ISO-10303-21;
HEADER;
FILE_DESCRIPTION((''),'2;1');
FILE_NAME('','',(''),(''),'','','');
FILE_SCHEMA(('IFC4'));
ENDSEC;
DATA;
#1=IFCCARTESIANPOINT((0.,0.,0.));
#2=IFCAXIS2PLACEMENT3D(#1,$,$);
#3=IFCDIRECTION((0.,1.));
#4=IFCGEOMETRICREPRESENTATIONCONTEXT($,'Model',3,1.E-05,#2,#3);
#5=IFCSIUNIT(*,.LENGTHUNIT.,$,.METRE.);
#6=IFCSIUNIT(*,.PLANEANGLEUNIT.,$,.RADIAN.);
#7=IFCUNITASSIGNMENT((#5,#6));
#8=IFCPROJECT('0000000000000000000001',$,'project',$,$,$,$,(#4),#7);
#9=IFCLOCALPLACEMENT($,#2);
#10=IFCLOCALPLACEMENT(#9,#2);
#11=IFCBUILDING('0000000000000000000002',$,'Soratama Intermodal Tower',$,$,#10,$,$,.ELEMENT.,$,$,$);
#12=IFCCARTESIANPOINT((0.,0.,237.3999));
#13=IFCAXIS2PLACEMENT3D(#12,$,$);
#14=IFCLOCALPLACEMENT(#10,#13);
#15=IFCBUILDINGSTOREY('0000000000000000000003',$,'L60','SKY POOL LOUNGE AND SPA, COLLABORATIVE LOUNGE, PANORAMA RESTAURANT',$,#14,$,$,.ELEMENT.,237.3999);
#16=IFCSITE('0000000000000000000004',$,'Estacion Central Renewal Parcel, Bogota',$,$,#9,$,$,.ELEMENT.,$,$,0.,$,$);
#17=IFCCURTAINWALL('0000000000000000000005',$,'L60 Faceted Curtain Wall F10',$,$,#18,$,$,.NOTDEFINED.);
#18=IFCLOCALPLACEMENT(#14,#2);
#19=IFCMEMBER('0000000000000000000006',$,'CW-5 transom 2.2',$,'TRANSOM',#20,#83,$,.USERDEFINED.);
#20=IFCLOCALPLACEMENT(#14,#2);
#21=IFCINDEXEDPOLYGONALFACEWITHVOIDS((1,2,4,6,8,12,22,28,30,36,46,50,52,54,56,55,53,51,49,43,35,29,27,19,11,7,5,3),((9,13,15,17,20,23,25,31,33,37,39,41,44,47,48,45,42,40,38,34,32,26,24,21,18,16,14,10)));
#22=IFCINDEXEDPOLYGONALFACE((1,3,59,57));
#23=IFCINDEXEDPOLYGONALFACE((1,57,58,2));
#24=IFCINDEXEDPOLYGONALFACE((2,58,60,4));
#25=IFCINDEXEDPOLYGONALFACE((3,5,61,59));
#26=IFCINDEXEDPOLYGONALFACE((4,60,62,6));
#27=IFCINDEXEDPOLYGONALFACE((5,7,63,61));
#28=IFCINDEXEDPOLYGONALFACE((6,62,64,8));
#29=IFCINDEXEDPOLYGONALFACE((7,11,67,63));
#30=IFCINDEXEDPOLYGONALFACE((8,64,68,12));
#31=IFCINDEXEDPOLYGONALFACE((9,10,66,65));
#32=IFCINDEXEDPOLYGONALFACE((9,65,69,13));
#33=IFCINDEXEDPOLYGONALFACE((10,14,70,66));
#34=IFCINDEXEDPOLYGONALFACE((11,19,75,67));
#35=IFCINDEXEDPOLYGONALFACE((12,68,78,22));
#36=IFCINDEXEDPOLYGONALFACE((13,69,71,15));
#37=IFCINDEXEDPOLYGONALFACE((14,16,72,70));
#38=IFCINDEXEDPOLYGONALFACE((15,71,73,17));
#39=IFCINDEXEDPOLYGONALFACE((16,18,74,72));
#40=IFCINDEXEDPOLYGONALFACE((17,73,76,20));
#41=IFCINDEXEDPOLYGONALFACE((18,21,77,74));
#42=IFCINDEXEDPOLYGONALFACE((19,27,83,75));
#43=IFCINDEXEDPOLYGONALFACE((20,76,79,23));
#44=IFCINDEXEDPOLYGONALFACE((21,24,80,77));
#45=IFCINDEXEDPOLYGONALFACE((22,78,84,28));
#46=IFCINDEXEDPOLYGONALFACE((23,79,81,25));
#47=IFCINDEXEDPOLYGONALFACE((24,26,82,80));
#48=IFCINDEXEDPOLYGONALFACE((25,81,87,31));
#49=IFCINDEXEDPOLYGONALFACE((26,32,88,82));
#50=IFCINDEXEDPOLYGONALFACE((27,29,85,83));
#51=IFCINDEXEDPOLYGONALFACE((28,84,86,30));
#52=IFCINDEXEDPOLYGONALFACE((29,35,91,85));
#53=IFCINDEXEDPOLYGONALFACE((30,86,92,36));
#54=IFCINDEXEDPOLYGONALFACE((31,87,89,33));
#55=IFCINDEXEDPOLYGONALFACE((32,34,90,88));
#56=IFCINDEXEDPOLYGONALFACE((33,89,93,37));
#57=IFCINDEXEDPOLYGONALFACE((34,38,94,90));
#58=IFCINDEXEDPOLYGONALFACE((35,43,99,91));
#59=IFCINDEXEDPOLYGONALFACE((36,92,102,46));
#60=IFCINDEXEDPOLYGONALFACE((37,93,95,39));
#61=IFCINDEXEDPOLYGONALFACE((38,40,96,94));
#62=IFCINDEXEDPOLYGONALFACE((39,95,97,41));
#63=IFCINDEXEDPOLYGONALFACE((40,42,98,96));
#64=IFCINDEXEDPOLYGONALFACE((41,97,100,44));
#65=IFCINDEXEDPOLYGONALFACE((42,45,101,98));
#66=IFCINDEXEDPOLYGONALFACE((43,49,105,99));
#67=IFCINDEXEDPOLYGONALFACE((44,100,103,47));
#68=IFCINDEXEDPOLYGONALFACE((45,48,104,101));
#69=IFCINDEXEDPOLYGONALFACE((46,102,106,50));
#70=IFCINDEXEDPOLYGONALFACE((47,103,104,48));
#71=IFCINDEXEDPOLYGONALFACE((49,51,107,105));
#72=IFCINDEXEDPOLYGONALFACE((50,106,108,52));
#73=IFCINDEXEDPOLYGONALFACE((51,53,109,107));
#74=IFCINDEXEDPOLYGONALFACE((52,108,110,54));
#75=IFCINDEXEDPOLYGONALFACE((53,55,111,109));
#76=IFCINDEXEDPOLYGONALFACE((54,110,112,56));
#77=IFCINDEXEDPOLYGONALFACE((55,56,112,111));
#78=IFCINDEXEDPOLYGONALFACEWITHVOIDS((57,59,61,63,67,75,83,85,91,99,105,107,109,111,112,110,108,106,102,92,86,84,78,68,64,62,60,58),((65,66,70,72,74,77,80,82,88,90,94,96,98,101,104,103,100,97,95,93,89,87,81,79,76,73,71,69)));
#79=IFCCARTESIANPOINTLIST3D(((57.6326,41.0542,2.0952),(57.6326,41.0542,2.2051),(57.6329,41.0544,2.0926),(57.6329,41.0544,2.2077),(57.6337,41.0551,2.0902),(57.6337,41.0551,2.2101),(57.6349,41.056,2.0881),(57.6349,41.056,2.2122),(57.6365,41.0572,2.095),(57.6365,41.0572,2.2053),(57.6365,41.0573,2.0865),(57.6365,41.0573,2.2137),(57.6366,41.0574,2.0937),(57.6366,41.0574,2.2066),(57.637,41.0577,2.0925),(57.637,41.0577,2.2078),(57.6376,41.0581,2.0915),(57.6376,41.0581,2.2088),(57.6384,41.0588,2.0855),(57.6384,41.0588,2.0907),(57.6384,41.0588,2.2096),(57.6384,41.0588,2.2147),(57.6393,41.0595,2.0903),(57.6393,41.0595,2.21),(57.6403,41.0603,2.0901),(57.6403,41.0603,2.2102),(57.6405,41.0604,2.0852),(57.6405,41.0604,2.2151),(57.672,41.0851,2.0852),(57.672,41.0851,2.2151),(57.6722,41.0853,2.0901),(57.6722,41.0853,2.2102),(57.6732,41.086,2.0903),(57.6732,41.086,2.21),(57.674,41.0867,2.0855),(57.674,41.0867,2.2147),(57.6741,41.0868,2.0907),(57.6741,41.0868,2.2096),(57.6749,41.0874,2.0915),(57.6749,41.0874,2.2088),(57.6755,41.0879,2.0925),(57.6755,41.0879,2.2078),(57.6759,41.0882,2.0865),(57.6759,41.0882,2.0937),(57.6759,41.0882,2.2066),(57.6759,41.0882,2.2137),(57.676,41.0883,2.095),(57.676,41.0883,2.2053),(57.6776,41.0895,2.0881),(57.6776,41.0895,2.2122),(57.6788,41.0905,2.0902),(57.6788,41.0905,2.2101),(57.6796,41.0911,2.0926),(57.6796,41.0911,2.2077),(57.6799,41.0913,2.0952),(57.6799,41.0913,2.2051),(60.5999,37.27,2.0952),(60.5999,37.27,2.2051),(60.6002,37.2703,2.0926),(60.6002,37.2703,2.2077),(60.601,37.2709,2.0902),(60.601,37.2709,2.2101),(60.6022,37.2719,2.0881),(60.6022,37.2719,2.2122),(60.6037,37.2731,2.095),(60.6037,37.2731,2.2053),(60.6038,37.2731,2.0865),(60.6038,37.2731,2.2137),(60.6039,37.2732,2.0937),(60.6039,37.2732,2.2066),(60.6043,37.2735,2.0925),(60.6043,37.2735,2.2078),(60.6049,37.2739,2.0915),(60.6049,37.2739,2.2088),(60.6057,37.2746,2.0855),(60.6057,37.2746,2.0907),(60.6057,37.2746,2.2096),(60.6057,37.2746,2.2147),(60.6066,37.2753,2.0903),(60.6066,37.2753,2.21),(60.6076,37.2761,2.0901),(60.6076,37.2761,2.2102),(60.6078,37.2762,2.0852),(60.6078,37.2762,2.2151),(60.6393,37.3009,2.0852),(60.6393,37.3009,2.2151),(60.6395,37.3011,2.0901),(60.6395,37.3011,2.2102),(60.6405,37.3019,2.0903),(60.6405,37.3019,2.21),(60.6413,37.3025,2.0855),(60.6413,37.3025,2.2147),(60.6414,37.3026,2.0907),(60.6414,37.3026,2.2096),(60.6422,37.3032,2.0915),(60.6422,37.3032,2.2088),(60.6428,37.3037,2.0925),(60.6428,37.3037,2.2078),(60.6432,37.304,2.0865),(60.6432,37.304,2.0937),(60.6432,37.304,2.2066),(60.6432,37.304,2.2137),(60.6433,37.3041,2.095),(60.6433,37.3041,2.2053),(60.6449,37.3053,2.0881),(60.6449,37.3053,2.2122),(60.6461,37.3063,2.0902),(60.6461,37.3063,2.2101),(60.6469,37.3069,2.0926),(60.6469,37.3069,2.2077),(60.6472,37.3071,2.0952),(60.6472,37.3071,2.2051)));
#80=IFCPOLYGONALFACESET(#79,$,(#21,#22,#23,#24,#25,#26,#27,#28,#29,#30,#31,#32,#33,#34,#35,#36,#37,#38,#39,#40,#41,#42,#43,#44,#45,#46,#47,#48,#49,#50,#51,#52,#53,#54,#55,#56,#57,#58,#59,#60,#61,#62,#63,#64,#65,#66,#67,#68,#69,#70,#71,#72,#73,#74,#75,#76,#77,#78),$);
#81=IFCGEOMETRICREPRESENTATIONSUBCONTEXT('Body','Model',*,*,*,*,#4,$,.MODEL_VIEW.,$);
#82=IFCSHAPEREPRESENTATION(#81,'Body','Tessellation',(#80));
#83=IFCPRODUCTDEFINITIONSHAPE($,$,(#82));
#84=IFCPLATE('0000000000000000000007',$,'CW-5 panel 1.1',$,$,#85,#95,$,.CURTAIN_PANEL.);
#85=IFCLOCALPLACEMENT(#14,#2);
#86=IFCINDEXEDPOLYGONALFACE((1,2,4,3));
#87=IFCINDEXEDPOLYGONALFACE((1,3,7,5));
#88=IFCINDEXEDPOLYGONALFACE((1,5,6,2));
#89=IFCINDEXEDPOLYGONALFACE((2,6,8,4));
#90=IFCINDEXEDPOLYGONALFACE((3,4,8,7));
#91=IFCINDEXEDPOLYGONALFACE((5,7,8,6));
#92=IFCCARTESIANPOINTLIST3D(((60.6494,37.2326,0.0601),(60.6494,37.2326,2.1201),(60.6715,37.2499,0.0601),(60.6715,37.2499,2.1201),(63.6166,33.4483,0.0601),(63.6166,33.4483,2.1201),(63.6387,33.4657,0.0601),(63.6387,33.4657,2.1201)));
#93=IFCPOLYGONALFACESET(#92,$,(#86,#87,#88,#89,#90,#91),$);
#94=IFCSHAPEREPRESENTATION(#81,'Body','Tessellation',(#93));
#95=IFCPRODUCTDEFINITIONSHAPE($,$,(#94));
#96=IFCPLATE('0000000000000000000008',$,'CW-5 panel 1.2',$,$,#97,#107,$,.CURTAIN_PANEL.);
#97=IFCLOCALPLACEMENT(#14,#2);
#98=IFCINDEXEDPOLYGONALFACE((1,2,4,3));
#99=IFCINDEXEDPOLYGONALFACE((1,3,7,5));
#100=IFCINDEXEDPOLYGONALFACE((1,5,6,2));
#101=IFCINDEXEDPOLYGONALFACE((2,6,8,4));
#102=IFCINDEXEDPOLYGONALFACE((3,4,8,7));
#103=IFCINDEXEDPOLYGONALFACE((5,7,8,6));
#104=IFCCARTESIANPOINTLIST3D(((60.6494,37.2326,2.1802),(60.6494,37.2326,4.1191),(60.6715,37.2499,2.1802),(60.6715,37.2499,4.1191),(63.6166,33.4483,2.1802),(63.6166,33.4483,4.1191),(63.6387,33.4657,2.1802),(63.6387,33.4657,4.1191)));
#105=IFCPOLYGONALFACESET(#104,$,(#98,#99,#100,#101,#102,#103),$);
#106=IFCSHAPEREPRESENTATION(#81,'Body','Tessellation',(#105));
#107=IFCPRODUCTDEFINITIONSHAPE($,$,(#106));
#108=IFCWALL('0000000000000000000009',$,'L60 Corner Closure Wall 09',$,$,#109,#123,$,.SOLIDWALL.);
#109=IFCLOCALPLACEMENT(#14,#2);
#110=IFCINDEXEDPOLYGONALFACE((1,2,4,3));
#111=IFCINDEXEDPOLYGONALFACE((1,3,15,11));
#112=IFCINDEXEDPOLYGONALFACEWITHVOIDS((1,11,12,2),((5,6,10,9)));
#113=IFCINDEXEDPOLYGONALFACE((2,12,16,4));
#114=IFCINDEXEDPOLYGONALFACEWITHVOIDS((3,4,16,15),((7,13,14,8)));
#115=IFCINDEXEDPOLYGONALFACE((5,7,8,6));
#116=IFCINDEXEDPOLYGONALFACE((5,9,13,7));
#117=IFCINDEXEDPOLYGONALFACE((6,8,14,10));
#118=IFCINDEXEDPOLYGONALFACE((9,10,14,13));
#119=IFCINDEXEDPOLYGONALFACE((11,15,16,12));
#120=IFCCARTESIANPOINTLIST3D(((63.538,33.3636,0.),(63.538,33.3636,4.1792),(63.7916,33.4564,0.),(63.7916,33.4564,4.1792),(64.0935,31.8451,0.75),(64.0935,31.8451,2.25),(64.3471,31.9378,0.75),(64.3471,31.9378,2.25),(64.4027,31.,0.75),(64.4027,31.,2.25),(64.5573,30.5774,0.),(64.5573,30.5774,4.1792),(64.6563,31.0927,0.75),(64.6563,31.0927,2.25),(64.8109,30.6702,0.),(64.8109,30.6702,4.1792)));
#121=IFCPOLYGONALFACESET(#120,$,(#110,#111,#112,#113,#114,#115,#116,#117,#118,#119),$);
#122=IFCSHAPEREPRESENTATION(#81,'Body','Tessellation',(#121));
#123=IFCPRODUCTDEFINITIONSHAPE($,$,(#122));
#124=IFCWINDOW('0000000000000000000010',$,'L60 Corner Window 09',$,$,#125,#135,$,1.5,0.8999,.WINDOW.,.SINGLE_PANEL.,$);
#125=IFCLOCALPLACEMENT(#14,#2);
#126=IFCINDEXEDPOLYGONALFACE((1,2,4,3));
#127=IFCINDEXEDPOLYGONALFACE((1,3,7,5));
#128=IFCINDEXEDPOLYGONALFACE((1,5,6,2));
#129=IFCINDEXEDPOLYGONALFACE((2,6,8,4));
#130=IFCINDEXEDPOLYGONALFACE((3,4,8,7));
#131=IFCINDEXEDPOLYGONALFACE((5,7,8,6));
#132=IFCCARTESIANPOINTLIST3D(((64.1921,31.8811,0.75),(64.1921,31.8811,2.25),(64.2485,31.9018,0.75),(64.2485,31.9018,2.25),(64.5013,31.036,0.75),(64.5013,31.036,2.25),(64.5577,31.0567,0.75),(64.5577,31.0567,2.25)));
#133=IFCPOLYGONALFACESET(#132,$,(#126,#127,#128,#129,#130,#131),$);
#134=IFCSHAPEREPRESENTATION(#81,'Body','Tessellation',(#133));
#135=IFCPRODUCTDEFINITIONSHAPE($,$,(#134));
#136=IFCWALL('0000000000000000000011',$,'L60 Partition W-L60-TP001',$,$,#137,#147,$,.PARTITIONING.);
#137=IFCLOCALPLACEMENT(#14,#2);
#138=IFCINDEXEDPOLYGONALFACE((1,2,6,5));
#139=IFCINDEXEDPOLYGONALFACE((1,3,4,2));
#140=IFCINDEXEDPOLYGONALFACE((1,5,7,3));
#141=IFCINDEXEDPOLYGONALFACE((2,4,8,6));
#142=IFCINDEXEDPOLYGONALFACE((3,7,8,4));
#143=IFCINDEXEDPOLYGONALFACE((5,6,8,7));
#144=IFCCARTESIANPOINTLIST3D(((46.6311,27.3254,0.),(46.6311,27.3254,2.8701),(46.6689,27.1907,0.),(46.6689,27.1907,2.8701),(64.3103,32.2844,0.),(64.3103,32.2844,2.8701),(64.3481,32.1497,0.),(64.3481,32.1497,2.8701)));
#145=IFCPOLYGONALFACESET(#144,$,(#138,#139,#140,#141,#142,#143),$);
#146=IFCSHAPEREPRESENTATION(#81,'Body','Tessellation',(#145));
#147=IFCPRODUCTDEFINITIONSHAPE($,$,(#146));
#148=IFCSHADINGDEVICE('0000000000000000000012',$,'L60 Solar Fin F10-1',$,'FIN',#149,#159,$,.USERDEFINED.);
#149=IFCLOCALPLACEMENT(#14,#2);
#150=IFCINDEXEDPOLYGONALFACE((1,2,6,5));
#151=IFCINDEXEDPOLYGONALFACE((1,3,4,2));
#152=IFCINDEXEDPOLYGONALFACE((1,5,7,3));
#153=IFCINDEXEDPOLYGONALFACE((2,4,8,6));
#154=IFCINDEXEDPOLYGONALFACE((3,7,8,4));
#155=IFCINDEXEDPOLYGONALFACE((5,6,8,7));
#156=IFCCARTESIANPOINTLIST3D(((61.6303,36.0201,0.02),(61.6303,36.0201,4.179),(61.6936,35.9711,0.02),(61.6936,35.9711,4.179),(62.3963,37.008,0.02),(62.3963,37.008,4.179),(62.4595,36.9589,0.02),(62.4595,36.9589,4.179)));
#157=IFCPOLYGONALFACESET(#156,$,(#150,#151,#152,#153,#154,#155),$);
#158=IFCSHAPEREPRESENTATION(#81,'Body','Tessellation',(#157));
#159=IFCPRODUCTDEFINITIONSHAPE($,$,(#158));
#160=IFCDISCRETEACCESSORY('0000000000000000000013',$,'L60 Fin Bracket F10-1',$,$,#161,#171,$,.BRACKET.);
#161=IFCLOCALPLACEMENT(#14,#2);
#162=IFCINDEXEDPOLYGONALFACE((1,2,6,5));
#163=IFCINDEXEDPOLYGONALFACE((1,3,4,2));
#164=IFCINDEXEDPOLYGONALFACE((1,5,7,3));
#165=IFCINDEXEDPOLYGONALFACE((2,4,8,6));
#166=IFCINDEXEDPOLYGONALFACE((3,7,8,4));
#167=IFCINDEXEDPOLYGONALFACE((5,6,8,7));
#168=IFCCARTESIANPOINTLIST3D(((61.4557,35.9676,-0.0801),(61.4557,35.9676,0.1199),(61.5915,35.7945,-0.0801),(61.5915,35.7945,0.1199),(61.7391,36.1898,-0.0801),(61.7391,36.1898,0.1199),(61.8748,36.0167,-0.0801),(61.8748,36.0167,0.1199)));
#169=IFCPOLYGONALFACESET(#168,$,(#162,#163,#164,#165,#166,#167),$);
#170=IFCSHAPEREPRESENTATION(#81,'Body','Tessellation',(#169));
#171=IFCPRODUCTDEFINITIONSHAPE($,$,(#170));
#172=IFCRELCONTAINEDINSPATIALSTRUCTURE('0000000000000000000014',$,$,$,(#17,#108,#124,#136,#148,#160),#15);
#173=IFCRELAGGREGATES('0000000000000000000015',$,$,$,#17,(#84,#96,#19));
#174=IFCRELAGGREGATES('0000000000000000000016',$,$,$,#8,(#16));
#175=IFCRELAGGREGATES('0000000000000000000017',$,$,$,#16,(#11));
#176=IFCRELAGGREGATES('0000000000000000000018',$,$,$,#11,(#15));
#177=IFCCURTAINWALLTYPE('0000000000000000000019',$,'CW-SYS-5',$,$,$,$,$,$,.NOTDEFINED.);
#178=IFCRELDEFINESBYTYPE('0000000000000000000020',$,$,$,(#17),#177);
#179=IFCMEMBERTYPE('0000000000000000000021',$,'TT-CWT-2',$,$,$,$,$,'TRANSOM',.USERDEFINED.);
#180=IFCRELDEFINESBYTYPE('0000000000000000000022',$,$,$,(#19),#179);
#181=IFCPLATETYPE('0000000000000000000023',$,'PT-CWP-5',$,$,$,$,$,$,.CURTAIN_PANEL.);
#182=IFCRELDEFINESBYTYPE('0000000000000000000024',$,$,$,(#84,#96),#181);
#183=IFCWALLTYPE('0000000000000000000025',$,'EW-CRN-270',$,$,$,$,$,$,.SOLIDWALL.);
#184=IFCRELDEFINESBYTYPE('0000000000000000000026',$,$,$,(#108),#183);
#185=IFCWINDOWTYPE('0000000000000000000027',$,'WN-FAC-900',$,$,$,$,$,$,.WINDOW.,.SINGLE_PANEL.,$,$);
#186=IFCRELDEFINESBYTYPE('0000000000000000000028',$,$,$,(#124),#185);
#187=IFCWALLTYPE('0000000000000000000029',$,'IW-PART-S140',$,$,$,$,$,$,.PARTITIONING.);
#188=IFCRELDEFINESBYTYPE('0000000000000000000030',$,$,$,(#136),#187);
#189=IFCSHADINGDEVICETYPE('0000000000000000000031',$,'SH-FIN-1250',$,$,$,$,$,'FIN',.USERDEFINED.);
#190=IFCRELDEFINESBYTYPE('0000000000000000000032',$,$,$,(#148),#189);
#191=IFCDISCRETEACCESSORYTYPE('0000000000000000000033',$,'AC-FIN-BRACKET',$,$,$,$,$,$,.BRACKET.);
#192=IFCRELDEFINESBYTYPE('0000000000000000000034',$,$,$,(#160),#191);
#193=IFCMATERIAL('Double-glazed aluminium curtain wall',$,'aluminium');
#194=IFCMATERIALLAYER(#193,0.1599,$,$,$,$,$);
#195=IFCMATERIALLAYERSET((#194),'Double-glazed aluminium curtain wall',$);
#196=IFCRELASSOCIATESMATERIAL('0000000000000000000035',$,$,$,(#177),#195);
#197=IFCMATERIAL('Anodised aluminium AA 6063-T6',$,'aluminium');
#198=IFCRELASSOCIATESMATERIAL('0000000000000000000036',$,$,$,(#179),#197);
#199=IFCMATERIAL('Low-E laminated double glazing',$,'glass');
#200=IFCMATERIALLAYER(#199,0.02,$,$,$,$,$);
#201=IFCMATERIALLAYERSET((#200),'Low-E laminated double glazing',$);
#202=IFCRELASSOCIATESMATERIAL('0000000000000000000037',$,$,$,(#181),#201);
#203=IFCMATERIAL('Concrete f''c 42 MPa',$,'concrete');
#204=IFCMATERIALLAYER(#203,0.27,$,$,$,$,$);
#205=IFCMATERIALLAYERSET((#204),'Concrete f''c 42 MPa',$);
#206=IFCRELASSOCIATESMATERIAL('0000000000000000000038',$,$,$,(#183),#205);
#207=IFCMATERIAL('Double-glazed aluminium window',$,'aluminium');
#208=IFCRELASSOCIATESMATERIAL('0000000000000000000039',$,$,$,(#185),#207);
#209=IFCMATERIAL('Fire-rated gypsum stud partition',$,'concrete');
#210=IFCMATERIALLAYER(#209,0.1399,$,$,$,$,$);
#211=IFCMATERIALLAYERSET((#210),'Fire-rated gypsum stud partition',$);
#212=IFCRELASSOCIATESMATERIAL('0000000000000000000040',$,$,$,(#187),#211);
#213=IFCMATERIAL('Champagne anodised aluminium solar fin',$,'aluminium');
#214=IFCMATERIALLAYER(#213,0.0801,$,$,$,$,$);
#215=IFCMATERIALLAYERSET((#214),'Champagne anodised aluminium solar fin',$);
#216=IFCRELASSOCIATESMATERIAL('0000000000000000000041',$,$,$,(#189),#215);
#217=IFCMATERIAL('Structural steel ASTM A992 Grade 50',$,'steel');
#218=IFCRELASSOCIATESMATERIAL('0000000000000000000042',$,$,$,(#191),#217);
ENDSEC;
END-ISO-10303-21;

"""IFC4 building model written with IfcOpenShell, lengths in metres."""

from ifc_helpers import new_model, si_unit, direction, frame, frame_2d, origin, origin_2d, place, context, subcontext, project, spatial, rectangle, hollow_rectangle, extrude, material, layer, layer_set, material_profile, profile_set, type_object, element, fill, aggregate, save


model = new_model("IFC4")

# Units and contexts
model_context = context("Model", 3, precision=1e-05, world=origin(), true_north=direction((0.0, 1.0)))
body_context = subcontext(model_context, "Body", "Model", "MODEL_VIEW")
ifc_project = project(units=[si_unit("LENGTHUNIT", "METRE"), si_unit("PLANEANGLEUNIT", "RADIAN")], contexts=[model_context])

# Site, building, storey
site_placement = place(None, origin())
site = spatial("IfcSite", under=ifc_project, at=site_placement, Name="Estacion Central Renewal Parcel, Bogota", CompositionType="ELEMENT", RefElevation=0.0)
building_placement = place(site_placement, origin())
building = spatial("IfcBuilding", under=site, at=building_placement, Name="Soratama Intermodal Tower", CompositionType="ELEMENT")
storey_placement = place(building_placement, frame((0.0, 0.0, 237.3999)))
storey = spatial("IfcBuildingStorey", under=building, at=storey_placement, Name="L60", Description="SKY POOL LOUNGE AND SPA, COLLABORATIVE LOUNGE, PANORAMA RESTAURANT", CompositionType="ELEMENT", Elevation=237.3999)

# Curtain wall, member, plates
ifc_material_1 = material(Name="Double-glazed aluminium curtain wall", Category="aluminium")
ifc_layer_1 = layer(ifc_material_1, 0.1599)
ifc_layer_set_1 = layer_set([ifc_layer_1], Name="Double-glazed aluminium curtain wall")
curtain_wall_type = type_object("IfcCurtainWallType", Name="CW-SYS-5", PredefinedType="NOTDEFINED", material=ifc_layer_set_1)
curtain_wall_placement = place(storey_placement, origin())
curtain_wall = element("IfcCurtainWall", 1, at=curtain_wall_placement, inside=storey, type_object=curtain_wall_type, Name="L60 Faceted Curtain Wall F10", PredefinedType="NOTDEFINED")
ifc_material_2 = material(Name="Anodised aluminium AA 6063-T6", Category="aluminium")
ifc_material_profile_1 = material_profile(ifc_material_2, hollow_rectangle(XDim=0.0601, YDim=0.1299, WallThickness=0.0049, InnerFilletRadius=0.0049, OuterFilletRadius=0.01, at=origin_2d()), Name="CWT130X60X5")
ifc_profile_set_1 = profile_set([ifc_material_profile_1], Name="Anodised aluminium AA 6063-T6")
member_type_1 = type_object("IfcMemberType", Name="TT-CWT-2", ElementType="TRANSOM", PredefinedType="USERDEFINED", material=ifc_profile_set_1)
member_1_placement = place(storey_placement, frame((60.6235, 37.2886, 2.1501), z_axis=(-0.61705, 0.786924, 0.0), x_axis=(-0.786924, -0.61705, 0.0)))
member_1 = element("IfcMember", 2, at=member_1_placement, type_object=member_type_1, Name="CW-5 transom 2.2", ObjectType="TRANSOM", PredefinedType="USERDEFINED", context=body_context, shape_type="SweptSolid", body=[
    extrude(hollow_rectangle(XDim=0.0601, YDim=0.1299, WallThickness=0.0049, InnerFilletRadius=0.0049, OuterFilletRadius=0.01, at=origin_2d()), origin(), (0.0, 0.0, 1.0), 4.8088),
])
ifc_material_3 = material(Name="Low-E laminated double glazing", Category="glass")
ifc_layer_2 = layer(ifc_material_3, 0.02)
ifc_layer_set_2 = layer_set([ifc_layer_2], Name="Low-E laminated double glazing")
plate_type = type_object("IfcPlateType", Name="PT-CWP-5", PredefinedType="CURTAIN_PANEL", material=ifc_layer_set_2)
plate_1_placement = place(storey_placement, frame((62.144, 35.3491, 0.0601), z_axis=(0.0, 0.0, 1.0), x_axis=(-0.617036, 0.786935, 0.0)))
plate_1 = element("IfcPlate", 3, at=plate_1_placement, type_object=plate_type, Name="CW-5 panel 1.1", PredefinedType="CURTAIN_PANEL", context=body_context, shape_type="SweptSolid", body=[
    extrude(rectangle(XDim=4.8088, YDim=0.0281, at=origin_2d()), origin(), (0.0, 0.0, 1.0), 2.0601),
])
plate_2_placement = place(storey_placement, frame((62.144, 35.3491, 2.1802), z_axis=(0.0, 0.0, 1.0), x_axis=(-0.617036, 0.786935, 0.0)))
plate_2 = element("IfcPlate", 4, at=plate_2_placement, type_object=plate_type, Name="CW-5 panel 1.2", PredefinedType="CURTAIN_PANEL", context=body_context, shape_type="SweptSolid", body=[
    extrude(rectangle(XDim=4.8088, YDim=0.0281, at=origin_2d()), origin(), (0.0, 0.0, 1.0), 1.939),
])
aggregate(curtain_wall, [plate_1, plate_2, member_1])

# Wall, opening, window
ifc_material_4 = material(Name="Concrete f'c 42 MPa", Category="concrete")
ifc_layer_3 = layer(ifc_material_4, 0.27)
ifc_layer_set_3 = layer_set([ifc_layer_3], Name="Concrete f'c 42 MPa")
wall_type_1 = type_object("IfcWallType", Name="EW-CRN-270", PredefinedType="SOLIDWALL", material=ifc_layer_set_3)
wall_1_placement = place(storey_placement, frame((64.6841, 30.6238, 0.0), z_axis=(0.0, 0.0, 1.0), x_axis=(-0.343573, 0.939126, 0.0)))
wall_1 = element("IfcWall", 5, at=wall_1_placement, inside=storey, type_object=wall_type_1, Name="L60 Corner Closure Wall 09", PredefinedType="SOLIDWALL", context=body_context, shape_type="SweptSolid", body=[
    extrude(rectangle(XDim=2.9668, YDim=0.27, at=frame_2d((1.4834, 0.0))), origin(), (0.0, 0.0, 1.0), 4.1792),
])
opening_placement = place(wall_1_placement, frame((0.45, 0.0, 0.75)))
opening = element("IfcOpeningElement", 6, at=opening_placement, cuts=wall_1, PredefinedType="OPENING", context=body_context, shape_type="SweptSolid", body=[
    extrude(rectangle(XDim=0.8999, YDim=1.5, at=frame_2d((0.45, 0.75))), frame((0.0, 0.145, 0.0), z_axis=(0.0, -1.0, 0.0), x_axis=(1.0, 0.0, 0.0)), (0.0, 0.0, 1.0), 0.29),
])
ifc_material_5 = material(Name="Double-glazed aluminium window", Category="aluminium")
window_type = type_object("IfcWindowType", Name="WN-FAC-900", PartitioningType="SINGLE_PANEL", PredefinedType="WINDOW", material=ifc_material_5)
window_placement = place(opening_placement, origin())
window = element("IfcWindow", 7, at=window_placement, inside=storey, type_object=window_type, Name="L60 Corner Window 09", OverallHeight=1.5, OverallWidth=0.8999, PartitioningType="SINGLE_PANEL", PredefinedType="WINDOW", context=body_context, shape_type="SweptSolid", body=[
    extrude(rectangle(XDim=0.8999, YDim=1.5, at=frame_2d((0.45, 0.75))), frame((0.0, 0.03, 0.0), z_axis=(0.0, -1.0, 0.0), x_axis=(1.0, 0.0, 0.0)), (0.0, 0.0, 1.0), 0.0601),
])
fill(opening, window)

# Wall
ifc_material_6 = material(Name="Fire-rated gypsum stud partition", Category="concrete")
ifc_layer_4 = layer(ifc_material_6, 0.1399)
ifc_layer_set_4 = layer_set([ifc_layer_4], Name="Fire-rated gypsum stud partition")
wall_type_2 = type_object("IfcWallType", Name="IW-PART-S140", PredefinedType="PARTITIONING", material=ifc_layer_set_4)
wall_2_placement = place(storey_placement, frame((64.3291, 32.217, 0.0), z_axis=(0.0, 0.0, 1.0), x_axis=(-0.962839, -0.270075, 0.0)))
element("IfcWall", 8, at=wall_2_placement, inside=storey, type_object=wall_type_2, Name="L60 Partition W-L60-TP001", PredefinedType="PARTITIONING", context=body_context, shape_type="SweptSolid", body=[
    extrude(rectangle(XDim=18.3616, YDim=0.1399, at=frame_2d((9.1807, 0.0))), origin(), (0.0, 0.0, 1.0), 2.8701),
])

# Shading device
ifc_material_7 = material(Name="Champagne anodised aluminium solar fin", Category="aluminium")
ifc_layer_5 = layer(ifc_material_7, 0.0801)
ifc_layer_set_5 = layer_set([ifc_layer_5], Name="Champagne anodised aluminium solar fin")
shading_device_type = type_object("IfcShadingDeviceType", Name="SH-FIN-1250", ElementType="FIN", PredefinedType="USERDEFINED", material=ifc_layer_set_5)
shading_device_placement = place(storey_placement, frame((62.0449, 36.4895, 0.02), z_axis=(0.0, 0.0, 1.0), x_axis=(0.612769, 0.790262, 0.0)))
element("IfcShadingDevice", 9, at=shading_device_placement, inside=storey, type_object=shading_device_type, Name="L60 Solar Fin F10-1", ObjectType="FIN", PredefinedType="USERDEFINED", context=body_context, shape_type="SweptSolid", body=[
    extrude(rectangle(XDim=1.25, YDim=0.0801, at=origin_2d()), origin(), (0.0, 0.0, 1.0), 4.1589),
])

# Discrete accessory
ifc_material_8 = material(Name="Structural steel ASTM A992 Grade 50", Category="steel")
discrete_accessory_type = type_object("IfcDiscreteAccessoryType", Name="AC-FIN-BRACKET", PredefinedType="BRACKET", material=ifc_material_8)
discrete_accessory_placement = place(storey_placement, frame((61.6653, 35.9922, -0.0801), z_axis=(0.0, 0.0, 1.0), x_axis=(0.786935, 0.617036, 0.0)))
element("IfcDiscreteAccessory", 10, at=discrete_accessory_placement, inside=storey, type_object=discrete_accessory_type, Name="L60 Fin Bracket F10-1", PredefinedType="BRACKET", context=body_context, shape_type="SweptSolid", body=[
    extrude(rectangle(XDim=0.3601, YDim=0.22, at=origin_2d()), origin(), (0.0, 0.0, 1.0), 0.2),
])

save(model, "model.ifc")
